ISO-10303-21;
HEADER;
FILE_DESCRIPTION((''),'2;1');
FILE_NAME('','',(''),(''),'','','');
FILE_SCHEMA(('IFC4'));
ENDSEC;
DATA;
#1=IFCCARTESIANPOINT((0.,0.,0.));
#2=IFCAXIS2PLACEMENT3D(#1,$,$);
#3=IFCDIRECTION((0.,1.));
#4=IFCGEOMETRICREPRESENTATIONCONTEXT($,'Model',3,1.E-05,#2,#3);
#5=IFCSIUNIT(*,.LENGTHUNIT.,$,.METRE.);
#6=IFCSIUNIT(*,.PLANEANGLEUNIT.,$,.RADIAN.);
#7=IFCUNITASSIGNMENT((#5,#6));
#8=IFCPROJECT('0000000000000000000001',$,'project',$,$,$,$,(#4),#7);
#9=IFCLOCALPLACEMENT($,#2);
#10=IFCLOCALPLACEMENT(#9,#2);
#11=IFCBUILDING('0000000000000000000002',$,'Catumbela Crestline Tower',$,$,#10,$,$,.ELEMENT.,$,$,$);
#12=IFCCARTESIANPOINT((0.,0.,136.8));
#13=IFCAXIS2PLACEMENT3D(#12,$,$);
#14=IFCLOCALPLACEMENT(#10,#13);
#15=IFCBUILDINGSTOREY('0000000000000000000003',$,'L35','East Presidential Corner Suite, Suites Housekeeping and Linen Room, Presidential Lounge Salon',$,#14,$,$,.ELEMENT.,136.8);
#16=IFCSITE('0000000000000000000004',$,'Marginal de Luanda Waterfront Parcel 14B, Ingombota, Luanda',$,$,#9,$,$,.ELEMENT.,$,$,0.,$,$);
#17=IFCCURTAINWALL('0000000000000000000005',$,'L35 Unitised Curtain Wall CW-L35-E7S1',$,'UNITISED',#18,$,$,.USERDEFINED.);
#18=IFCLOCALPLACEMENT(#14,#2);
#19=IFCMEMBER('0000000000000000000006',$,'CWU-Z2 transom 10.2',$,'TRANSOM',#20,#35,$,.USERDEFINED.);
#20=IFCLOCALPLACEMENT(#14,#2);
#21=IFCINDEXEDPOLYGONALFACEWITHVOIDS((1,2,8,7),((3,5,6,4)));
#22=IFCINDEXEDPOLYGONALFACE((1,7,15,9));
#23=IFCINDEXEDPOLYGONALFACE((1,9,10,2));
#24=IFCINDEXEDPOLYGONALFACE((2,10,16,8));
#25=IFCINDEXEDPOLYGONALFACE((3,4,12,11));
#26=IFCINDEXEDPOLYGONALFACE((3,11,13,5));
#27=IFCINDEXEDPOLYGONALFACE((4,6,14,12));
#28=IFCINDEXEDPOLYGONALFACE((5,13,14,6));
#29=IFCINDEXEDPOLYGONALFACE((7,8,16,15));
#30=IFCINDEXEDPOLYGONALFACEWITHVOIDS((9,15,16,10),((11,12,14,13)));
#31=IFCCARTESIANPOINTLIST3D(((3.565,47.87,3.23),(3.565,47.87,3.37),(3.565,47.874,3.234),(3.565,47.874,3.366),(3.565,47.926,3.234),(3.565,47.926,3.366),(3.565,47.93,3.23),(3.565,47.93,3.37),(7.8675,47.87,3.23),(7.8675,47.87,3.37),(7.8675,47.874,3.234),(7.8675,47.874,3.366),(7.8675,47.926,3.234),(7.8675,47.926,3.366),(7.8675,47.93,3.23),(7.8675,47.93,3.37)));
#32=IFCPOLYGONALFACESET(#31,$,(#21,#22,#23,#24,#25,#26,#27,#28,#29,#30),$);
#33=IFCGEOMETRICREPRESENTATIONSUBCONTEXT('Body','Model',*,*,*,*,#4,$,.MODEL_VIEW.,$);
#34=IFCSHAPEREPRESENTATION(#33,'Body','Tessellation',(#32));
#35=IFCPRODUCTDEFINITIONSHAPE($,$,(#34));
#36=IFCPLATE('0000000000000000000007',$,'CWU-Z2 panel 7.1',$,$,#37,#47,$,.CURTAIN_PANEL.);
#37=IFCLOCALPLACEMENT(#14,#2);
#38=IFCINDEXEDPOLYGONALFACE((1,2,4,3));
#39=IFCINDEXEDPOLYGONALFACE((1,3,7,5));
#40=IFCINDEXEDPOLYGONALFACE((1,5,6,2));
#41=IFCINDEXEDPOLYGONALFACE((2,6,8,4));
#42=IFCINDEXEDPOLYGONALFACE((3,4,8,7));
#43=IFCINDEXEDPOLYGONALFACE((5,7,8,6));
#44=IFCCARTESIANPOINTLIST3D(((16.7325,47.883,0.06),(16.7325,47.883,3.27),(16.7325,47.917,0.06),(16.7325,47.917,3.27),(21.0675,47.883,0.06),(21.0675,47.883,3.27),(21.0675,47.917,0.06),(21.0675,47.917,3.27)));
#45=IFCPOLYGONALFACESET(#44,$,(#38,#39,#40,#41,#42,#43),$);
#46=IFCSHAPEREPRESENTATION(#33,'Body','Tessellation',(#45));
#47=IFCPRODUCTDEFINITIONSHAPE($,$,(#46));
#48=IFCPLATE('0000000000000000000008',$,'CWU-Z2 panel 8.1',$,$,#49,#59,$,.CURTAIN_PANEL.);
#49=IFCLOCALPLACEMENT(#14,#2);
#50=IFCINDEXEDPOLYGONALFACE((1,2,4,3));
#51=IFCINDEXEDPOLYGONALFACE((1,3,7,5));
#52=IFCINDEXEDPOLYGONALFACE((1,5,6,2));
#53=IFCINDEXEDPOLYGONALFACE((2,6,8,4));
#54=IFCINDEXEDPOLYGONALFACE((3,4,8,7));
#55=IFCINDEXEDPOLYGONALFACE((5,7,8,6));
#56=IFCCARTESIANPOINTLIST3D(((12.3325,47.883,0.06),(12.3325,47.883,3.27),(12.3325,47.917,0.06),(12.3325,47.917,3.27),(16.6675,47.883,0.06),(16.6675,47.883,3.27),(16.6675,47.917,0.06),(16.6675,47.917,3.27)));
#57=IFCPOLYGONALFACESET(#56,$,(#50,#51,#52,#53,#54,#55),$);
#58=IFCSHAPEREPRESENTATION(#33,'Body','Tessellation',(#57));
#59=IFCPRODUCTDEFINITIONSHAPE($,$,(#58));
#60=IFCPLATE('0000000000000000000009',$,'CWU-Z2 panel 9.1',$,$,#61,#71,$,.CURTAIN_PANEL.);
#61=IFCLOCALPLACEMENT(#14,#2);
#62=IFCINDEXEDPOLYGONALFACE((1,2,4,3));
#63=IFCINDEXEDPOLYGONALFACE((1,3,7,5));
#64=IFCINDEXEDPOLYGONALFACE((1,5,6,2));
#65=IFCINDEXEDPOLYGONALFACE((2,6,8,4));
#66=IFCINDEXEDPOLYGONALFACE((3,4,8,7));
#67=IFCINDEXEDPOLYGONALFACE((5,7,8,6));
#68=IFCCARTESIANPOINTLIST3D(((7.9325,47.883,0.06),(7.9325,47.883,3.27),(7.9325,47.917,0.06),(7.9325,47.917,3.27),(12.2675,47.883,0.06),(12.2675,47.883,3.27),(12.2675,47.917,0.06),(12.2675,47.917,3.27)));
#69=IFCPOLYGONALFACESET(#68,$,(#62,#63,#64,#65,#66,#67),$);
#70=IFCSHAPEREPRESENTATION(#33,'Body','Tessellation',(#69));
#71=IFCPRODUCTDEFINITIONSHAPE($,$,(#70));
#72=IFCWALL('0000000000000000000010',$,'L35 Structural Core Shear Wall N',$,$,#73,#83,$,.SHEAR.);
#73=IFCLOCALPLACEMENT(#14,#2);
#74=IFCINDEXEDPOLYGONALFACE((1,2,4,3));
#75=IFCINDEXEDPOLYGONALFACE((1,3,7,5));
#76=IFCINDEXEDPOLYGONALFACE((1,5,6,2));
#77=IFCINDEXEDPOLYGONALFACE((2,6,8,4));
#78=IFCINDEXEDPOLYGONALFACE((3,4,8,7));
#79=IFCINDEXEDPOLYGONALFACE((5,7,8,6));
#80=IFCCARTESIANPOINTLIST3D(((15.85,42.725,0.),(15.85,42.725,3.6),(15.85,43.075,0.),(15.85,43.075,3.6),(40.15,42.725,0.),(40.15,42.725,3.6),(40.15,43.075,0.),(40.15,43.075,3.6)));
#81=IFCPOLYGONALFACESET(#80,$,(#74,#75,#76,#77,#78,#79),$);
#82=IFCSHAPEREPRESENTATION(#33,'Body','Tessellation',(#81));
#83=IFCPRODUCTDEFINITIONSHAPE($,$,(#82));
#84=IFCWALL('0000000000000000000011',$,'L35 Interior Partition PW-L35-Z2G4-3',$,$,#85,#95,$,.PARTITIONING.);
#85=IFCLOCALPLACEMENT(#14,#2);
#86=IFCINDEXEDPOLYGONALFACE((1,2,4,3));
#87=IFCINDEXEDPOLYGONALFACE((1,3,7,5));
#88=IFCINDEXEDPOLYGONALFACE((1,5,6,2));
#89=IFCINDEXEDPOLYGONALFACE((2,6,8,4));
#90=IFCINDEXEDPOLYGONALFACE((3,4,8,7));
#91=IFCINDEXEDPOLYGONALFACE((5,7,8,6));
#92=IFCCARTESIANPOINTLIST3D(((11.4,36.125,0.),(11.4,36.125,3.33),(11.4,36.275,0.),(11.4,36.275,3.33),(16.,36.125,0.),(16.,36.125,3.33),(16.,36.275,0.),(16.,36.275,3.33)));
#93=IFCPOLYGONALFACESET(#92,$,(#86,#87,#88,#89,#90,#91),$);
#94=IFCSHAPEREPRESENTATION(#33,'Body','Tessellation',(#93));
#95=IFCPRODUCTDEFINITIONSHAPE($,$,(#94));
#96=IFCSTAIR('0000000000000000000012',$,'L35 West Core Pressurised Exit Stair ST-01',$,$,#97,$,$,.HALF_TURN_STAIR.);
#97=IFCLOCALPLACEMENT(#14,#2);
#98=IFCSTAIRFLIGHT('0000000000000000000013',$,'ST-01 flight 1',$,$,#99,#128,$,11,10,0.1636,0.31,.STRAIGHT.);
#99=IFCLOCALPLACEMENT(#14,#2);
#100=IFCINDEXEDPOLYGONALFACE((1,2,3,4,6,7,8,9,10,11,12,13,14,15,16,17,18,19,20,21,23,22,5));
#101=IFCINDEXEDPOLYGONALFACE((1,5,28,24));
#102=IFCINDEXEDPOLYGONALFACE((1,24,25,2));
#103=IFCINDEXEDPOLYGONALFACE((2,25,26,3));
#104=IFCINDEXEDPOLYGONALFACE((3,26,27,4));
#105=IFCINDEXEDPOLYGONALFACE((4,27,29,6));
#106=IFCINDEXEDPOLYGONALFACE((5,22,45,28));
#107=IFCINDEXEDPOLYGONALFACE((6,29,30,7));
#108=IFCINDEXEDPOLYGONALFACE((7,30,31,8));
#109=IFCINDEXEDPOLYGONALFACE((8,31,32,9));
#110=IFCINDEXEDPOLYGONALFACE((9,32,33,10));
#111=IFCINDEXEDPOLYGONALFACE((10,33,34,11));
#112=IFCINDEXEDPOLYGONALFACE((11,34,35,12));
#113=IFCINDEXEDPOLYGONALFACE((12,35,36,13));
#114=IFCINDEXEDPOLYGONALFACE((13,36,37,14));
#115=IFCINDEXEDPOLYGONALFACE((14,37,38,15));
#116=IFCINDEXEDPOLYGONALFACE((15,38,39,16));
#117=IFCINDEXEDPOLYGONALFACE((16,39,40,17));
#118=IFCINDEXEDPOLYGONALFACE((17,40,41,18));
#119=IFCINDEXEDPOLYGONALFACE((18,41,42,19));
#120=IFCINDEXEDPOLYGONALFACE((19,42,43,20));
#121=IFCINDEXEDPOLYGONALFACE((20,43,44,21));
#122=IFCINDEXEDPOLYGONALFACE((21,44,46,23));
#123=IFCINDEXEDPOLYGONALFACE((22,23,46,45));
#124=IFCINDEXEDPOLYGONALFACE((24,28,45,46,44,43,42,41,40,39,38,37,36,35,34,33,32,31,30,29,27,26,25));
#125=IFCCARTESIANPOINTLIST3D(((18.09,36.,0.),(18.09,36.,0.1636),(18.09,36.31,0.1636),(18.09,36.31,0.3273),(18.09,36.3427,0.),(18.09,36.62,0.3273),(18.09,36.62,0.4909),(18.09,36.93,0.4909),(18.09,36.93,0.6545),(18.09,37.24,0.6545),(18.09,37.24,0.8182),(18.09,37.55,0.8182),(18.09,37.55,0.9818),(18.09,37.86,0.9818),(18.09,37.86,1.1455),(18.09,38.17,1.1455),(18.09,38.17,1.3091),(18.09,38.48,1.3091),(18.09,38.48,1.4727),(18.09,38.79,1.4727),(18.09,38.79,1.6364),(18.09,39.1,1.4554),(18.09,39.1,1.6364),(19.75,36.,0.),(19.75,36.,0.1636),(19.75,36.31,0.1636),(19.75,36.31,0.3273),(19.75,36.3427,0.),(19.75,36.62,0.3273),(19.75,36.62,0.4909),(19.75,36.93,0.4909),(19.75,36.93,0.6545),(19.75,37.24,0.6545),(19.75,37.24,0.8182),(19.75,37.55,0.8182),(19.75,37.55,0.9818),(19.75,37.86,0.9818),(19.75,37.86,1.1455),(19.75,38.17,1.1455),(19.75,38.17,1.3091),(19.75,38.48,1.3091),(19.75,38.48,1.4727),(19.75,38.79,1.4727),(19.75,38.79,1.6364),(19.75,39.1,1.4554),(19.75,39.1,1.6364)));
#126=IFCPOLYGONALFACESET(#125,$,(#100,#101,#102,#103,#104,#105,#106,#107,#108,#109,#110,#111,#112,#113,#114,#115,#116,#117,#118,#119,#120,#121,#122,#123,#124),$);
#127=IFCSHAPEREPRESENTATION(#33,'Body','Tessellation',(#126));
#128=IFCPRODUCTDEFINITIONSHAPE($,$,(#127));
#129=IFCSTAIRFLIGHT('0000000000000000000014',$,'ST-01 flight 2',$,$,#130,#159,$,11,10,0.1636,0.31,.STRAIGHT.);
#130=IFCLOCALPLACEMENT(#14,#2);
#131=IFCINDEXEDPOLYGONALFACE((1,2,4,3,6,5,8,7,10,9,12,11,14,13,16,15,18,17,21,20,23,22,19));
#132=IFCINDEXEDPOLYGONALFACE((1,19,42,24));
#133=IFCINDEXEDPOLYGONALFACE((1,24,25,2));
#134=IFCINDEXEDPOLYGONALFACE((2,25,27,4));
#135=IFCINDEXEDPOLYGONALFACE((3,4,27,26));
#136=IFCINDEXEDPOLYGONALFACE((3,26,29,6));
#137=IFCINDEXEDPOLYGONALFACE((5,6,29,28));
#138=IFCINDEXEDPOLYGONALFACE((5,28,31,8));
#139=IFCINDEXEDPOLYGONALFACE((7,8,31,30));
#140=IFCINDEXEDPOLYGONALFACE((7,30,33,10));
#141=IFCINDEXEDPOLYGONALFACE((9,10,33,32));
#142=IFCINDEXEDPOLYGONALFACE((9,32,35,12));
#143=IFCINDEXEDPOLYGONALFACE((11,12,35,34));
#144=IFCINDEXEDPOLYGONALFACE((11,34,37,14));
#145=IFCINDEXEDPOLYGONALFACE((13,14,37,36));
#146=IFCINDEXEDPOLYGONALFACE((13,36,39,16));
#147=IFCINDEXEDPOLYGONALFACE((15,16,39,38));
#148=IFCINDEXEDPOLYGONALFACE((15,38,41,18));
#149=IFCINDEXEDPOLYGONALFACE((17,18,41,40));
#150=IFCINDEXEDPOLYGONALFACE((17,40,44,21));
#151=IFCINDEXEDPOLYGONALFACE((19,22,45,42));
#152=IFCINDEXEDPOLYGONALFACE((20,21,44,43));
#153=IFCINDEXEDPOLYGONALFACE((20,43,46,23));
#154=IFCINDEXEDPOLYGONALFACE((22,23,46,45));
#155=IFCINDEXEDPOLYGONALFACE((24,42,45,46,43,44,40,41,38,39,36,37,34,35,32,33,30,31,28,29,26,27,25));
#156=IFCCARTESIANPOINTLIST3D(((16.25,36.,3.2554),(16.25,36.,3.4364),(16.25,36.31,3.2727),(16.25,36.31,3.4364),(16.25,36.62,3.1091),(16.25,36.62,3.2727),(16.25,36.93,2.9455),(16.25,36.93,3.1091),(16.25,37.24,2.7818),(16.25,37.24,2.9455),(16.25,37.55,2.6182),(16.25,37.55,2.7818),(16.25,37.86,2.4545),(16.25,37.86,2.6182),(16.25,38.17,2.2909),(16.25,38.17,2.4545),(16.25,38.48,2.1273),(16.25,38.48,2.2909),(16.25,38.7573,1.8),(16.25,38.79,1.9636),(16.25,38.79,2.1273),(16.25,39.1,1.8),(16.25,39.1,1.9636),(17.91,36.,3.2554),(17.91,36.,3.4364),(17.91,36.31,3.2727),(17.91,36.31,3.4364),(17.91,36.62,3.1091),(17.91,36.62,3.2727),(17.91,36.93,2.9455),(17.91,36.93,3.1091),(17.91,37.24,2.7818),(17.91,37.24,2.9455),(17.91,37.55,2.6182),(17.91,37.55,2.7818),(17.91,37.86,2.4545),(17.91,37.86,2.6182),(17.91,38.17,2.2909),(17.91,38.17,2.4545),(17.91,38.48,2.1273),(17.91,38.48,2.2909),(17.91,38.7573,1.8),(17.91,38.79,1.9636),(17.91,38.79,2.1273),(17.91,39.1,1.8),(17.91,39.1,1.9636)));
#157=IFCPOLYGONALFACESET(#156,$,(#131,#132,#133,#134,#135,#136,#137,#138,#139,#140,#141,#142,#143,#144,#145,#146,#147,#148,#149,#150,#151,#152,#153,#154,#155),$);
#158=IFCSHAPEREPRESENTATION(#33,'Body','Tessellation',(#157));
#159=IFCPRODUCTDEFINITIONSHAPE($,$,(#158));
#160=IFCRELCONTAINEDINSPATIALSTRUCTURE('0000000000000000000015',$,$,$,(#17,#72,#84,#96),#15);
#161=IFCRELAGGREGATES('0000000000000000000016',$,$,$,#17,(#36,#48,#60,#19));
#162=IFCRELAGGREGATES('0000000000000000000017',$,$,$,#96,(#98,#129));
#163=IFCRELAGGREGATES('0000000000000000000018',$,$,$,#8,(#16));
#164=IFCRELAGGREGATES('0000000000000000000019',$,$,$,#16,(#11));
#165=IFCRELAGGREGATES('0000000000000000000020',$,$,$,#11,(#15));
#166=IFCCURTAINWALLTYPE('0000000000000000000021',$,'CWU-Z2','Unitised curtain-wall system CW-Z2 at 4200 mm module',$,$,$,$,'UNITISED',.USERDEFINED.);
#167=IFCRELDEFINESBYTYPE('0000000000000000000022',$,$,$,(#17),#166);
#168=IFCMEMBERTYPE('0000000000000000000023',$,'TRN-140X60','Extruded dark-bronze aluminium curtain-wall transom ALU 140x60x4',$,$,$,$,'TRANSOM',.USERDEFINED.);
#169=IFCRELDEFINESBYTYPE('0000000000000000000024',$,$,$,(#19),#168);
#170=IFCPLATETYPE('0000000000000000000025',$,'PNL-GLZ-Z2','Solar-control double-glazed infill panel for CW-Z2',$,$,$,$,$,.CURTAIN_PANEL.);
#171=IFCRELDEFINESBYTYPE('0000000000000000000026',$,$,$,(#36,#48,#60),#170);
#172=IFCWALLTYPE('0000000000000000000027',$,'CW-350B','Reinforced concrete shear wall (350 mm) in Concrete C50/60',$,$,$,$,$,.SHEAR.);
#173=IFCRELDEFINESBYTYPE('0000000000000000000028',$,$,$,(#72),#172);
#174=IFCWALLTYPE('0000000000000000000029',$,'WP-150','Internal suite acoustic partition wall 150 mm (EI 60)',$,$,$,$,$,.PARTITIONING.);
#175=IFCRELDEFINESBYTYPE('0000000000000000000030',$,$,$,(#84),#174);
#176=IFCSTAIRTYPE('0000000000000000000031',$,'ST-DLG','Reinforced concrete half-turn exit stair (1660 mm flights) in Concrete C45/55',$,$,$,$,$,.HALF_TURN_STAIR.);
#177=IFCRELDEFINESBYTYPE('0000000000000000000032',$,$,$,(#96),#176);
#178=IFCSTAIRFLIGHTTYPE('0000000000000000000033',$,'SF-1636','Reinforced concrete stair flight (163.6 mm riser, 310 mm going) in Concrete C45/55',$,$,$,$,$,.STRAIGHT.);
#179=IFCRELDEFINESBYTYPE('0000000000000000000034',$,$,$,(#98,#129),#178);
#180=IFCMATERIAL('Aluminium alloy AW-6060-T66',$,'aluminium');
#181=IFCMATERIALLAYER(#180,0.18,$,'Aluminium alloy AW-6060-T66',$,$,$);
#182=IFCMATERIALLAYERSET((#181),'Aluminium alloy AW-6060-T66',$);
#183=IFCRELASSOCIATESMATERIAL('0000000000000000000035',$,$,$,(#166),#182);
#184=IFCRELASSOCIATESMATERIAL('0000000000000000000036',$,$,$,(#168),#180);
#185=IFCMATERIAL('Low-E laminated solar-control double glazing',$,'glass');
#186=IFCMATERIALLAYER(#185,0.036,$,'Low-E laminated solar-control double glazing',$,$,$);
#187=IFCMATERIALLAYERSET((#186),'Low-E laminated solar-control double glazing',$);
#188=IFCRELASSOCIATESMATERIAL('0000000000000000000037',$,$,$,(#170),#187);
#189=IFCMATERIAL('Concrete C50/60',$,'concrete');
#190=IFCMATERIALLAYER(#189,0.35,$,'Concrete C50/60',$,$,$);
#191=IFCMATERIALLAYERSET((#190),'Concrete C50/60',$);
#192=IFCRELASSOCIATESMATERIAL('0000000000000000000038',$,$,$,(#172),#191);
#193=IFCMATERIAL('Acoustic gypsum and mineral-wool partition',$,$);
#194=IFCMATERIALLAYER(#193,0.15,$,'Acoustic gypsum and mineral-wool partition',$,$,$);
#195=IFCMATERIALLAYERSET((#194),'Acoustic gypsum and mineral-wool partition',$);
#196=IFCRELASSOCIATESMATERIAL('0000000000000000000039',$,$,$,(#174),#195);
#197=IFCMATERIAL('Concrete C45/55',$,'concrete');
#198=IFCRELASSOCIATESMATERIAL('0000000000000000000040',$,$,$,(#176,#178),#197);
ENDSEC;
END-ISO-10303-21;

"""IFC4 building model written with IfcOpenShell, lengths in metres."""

from ifc_helpers import new_model, si_unit, direction, frame, frame_2d, origin, origin_2d, place, context, subcontext, project, spatial, polyline, rectangle, hollow_rectangle, outline, extrude, material, layer, layer_set, material_profile, profile_set, type_object, element, aggregate, save


model = new_model("IFC4")

# Units and contexts
model_context = context("Model", 3, precision=1e-05, world=origin(), true_north=direction((0.0, 1.0)))
body_context = subcontext(model_context, "Body", "Model", "MODEL_VIEW")
ifc_project = project(units=[si_unit("LENGTHUNIT", "METRE"), si_unit("PLANEANGLEUNIT", "RADIAN")], contexts=[model_context])

# Site, building, storey
site_placement = place(None, origin())
site = spatial("IfcSite", under=ifc_project, at=site_placement, Name="Marginal de Luanda Waterfront Parcel 14B, Ingombota, Luanda", CompositionType="ELEMENT", RefElevation=0.0)
building_placement = place(site_placement, origin())
building = spatial("IfcBuilding", under=site, at=building_placement, Name="Catumbela Crestline Tower", CompositionType="ELEMENT")
storey_placement = place(building_placement, frame((0.0, 0.0, 136.8)))
storey = spatial("IfcBuildingStorey", under=building, at=storey_placement, Name="L35", Description="East Presidential Corner Suite, Suites Housekeeping and Linen Room, Presidential Lounge Salon", CompositionType="ELEMENT", Elevation=136.8)

# Curtain wall
ifc_material_1 = material(Name="Aluminium alloy AW-6060-T66", Category="aluminium")
ifc_layer_1 = layer(ifc_material_1, 0.18, Name="Aluminium alloy AW-6060-T66")
ifc_layer_set_1 = layer_set([ifc_layer_1], Name="Aluminium alloy AW-6060-T66")
curtain_wall_type = type_object("IfcCurtainWallType", Name="CWU-Z2", Description="Unitised curtain-wall system CW-Z2 at 4200 mm module", ElementType="UNITISED", PredefinedType="USERDEFINED", material=ifc_layer_set_1)
curtain_wall_placement = place(storey_placement, origin())
curtain_wall = element("IfcCurtainWall", 1, at=curtain_wall_placement, inside=storey, type_object=curtain_wall_type, Name="L35 Unitised Curtain Wall CW-L35-E7S1", ObjectType="UNITISED", PredefinedType="USERDEFINED")

# Member
ifc_material_profile_1 = material_profile(ifc_material_1, hollow_rectangle(XDim=0.06, YDim=0.14, WallThickness=0.004, at=origin_2d()), Name="ALU 140x60x4")
ifc_profile_set_1 = profile_set([ifc_material_profile_1], Name="Aluminium alloy AW-6060-T66")
member_type_1 = type_object("IfcMemberType", Name="TRN-140X60", Description="Extruded dark-bronze aluminium curtain-wall transom ALU 140x60x4", ElementType="TRANSOM", PredefinedType="USERDEFINED", material=ifc_profile_set_1)
member_1_placement = place(storey_placement, frame((7.8675, 47.9, 3.3), z_axis=(-1.0, 0.0, 0.0), x_axis=(0.0, -1.0, 0.0)))
member_1 = element("IfcMember", 2, at=member_1_placement, type_object=member_type_1, Name="CWU-Z2 transom 10.2", ObjectType="TRANSOM", PredefinedType="USERDEFINED", context=body_context, shape_type="SweptSolid", body=[
    extrude(hollow_rectangle(XDim=0.06, YDim=0.14, WallThickness=0.004, at=origin_2d()), origin(), (0.0, 0.0, 1.0), 4.3025),
])

# Plates
ifc_material_2 = material(Name="Low-E laminated solar-control double glazing", Category="glass")
ifc_layer_2 = layer(ifc_material_2, 0.036, Name="Low-E laminated solar-control double glazing")
ifc_layer_set_2 = layer_set([ifc_layer_2], Name="Low-E laminated solar-control double glazing")
plate_type = type_object("IfcPlateType", Name="PNL-GLZ-Z2", Description="Solar-control double-glazed infill panel for CW-Z2", PredefinedType="CURTAIN_PANEL", material=ifc_layer_set_2)
plate_1_placement = place(storey_placement, frame((18.9, 47.9, 0.06), z_axis=(0.0, 0.0, 1.0), x_axis=(-1.0, 0.0, 0.0)))
plate_1 = element("IfcPlate", 3, at=plate_1_placement, type_object=plate_type, Name="CWU-Z2 panel 7.1", PredefinedType="CURTAIN_PANEL", context=body_context, shape_type="SweptSolid", body=[
    extrude(rectangle(XDim=4.335, YDim=0.034, at=origin_2d()), origin(), (0.0, 0.0, 1.0), 3.21),
])
plate_2_placement = place(storey_placement, frame((14.5, 47.9, 0.06), z_axis=(0.0, 0.0, 1.0), x_axis=(-1.0, 0.0, 0.0)))
plate_2 = element("IfcPlate", 4, at=plate_2_placement, type_object=plate_type, Name="CWU-Z2 panel 8.1", PredefinedType="CURTAIN_PANEL", context=body_context, shape_type="SweptSolid", body=[
    extrude(rectangle(XDim=4.335, YDim=0.034, at=origin_2d()), origin(), (0.0, 0.0, 1.0), 3.21),
])
plate_3_placement = place(storey_placement, frame((10.1, 47.9, 0.06), z_axis=(0.0, 0.0, 1.0), x_axis=(-1.0, 0.0, 0.0)))
plate_3 = element("IfcPlate", 5, at=plate_3_placement, type_object=plate_type, Name="CWU-Z2 panel 9.1", PredefinedType="CURTAIN_PANEL", context=body_context, shape_type="SweptSolid", body=[
    extrude(rectangle(XDim=4.335, YDim=0.034, at=origin_2d()), origin(), (0.0, 0.0, 1.0), 3.21),
])
aggregate(curtain_wall, [plate_1, plate_2, plate_3, member_1])

# Walls
ifc_material_3 = material(Name="Concrete C50/60", Category="concrete")
ifc_layer_3 = layer(ifc_material_3, 0.35, Name="Concrete C50/60")
ifc_layer_set_3 = layer_set([ifc_layer_3], Name="Concrete C50/60")
wall_type_1 = type_object("IfcWallType", Name="CW-350B", Description="Reinforced concrete shear wall (350 mm) in Concrete C50/60", PredefinedType="SHEAR", material=ifc_layer_set_3)
wall_1_placement = place(storey_placement, frame((15.85, 42.9, 0.0), z_axis=(0.0, 0.0, 1.0), x_axis=(1.0, 0.0, 0.0)))
element("IfcWall", 6, at=wall_1_placement, inside=storey, type_object=wall_type_1, Name="L35 Structural Core Shear Wall N", PredefinedType="SHEAR", context=body_context, shape_type="SweptSolid", body=[
    extrude(rectangle(XDim=24.3, YDim=0.35, at=frame_2d((12.15, 0.0))), origin(), (0.0, 0.0, 1.0), 3.6),
])
ifc_material_4 = material(Name="Acoustic gypsum and mineral-wool partition")
ifc_layer_4 = layer(ifc_material_4, 0.15, Name="Acoustic gypsum and mineral-wool partition")
ifc_layer_set_4 = layer_set([ifc_layer_4], Name="Acoustic gypsum and mineral-wool partition")
wall_type_2 = type_object("IfcWallType", Name="WP-150", Description="Internal suite acoustic partition wall 150 mm (EI 60)", PredefinedType="PARTITIONING", material=ifc_layer_set_4)
wall_2_placement = place(storey_placement, frame((11.4, 36.2, 0.0), z_axis=(0.0, 0.0, 1.0), x_axis=(1.0, 0.0, 0.0)))
element("IfcWall", 7, at=wall_2_placement, inside=storey, type_object=wall_type_2, Name="L35 Interior Partition PW-L35-Z2G4-3", PredefinedType="PARTITIONING", context=body_context, shape_type="SweptSolid", body=[
    extrude(rectangle(XDim=4.6, YDim=0.15, at=frame_2d((2.3, 0.0))), origin(), (0.0, 0.0, 1.0), 3.33),
])

# Stair, stair flights
ifc_material_5 = material(Name="Concrete C45/55", Category="concrete")
stair_type = type_object("IfcStairType", Name="ST-DLG", Description="Reinforced concrete half-turn exit stair (1660 mm flights) in Concrete C45/55", PredefinedType="HALF_TURN_STAIR", material=ifc_material_5)
stair_placement = place(storey_placement, origin())
stair = element("IfcStair", 8, at=stair_placement, inside=storey, type_object=stair_type, Name="L35 West Core Pressurised Exit Stair ST-01", PredefinedType="HALF_TURN_STAIR")
stair_flight_type = type_object("IfcStairFlightType", Name="SF-1636", Description="Reinforced concrete stair flight (163.6 mm riser, 310 mm going) in Concrete C45/55", PredefinedType="STRAIGHT", material=ifc_material_5)
stair_flight_1_placement = place(storey_placement, frame((18.92, 36.0, 0.0), z_axis=(0.0, 0.0, 1.0), x_axis=(0.0, 1.0, 0.0)))
stair_flight_1 = element("IfcStairFlight", 9, at=stair_flight_1_placement, type_object=stair_flight_type, Name="ST-01 flight 1", NumberOfRisers=11, NumberOfTreads=10, PredefinedType="STRAIGHT", RiserHeight=0.1636, TreadLength=0.31, context=body_context, shape_type="SweptSolid", body=[
    extrude(outline(polyline([(0.0, 0.0), (0.0, 0.1636), (0.31, 0.1636), (0.31, 0.3273), (0.62, 0.3273), (0.62, 0.4909), (0.93, 0.4909), (0.93, 0.6545), (1.24, 0.6545), (1.24, 0.8182), (1.55, 0.8182), (1.55, 0.9818), (1.86, 0.9818), (1.86, 1.1455), (2.17, 1.1455), (2.17, 1.3091), (2.48, 1.3091), (2.48, 1.4727), (2.79, 1.4727), (2.79, 1.6364), (3.1, 1.6364), (3.1, 1.8), (3.1, 1.4554), (0.3427, 0.0), (0.0, 0.0)])), frame((0.0, 0.83, 0.0), z_axis=(0.0, -1.0, 0.0), x_axis=(1.0, 0.0, 0.0)), (0.0, 0.0, 1.0), 1.66),
])
stair_flight_2_placement = place(storey_placement, frame((17.08, 39.1, 1.8), z_axis=(0.0, 0.0, 1.0), x_axis=(0.0, -1.0, 0.0)))
stair_flight_2 = element("IfcStairFlight", 10, at=stair_flight_2_placement, type_object=stair_flight_type, Name="ST-01 flight 2", NumberOfRisers=11, NumberOfTreads=10, PredefinedType="STRAIGHT", RiserHeight=0.1636, TreadLength=0.31, context=body_context, shape_type="SweptSolid", body=[
    extrude(outline(polyline([(0.0, 0.0), (0.0, 0.1636), (0.31, 0.1636), (0.31, 0.3273), (0.62, 0.3273), (0.62, 0.4909), (0.93, 0.4909), (0.93, 0.6545), (1.24, 0.6545), (1.24, 0.8182), (1.55, 0.8182), (1.55, 0.9818), (1.86, 0.9818), (1.86, 1.1455), (2.17, 1.1455), (2.17, 1.3091), (2.48, 1.3091), (2.48, 1.4727), (2.79, 1.4727), (2.79, 1.6364), (3.1, 1.6364), (3.1, 1.8), (3.1, 1.4554), (0.3427, 0.0), (0.0, 0.0)])), frame((0.0, 0.83, 0.0), z_axis=(0.0, -1.0, 0.0), x_axis=(1.0, 0.0, 0.0)), (0.0, 0.0, 1.0), 1.66),
])
aggregate(stair, [stair_flight_1, stair_flight_2])

save(model, "model.ifc")
